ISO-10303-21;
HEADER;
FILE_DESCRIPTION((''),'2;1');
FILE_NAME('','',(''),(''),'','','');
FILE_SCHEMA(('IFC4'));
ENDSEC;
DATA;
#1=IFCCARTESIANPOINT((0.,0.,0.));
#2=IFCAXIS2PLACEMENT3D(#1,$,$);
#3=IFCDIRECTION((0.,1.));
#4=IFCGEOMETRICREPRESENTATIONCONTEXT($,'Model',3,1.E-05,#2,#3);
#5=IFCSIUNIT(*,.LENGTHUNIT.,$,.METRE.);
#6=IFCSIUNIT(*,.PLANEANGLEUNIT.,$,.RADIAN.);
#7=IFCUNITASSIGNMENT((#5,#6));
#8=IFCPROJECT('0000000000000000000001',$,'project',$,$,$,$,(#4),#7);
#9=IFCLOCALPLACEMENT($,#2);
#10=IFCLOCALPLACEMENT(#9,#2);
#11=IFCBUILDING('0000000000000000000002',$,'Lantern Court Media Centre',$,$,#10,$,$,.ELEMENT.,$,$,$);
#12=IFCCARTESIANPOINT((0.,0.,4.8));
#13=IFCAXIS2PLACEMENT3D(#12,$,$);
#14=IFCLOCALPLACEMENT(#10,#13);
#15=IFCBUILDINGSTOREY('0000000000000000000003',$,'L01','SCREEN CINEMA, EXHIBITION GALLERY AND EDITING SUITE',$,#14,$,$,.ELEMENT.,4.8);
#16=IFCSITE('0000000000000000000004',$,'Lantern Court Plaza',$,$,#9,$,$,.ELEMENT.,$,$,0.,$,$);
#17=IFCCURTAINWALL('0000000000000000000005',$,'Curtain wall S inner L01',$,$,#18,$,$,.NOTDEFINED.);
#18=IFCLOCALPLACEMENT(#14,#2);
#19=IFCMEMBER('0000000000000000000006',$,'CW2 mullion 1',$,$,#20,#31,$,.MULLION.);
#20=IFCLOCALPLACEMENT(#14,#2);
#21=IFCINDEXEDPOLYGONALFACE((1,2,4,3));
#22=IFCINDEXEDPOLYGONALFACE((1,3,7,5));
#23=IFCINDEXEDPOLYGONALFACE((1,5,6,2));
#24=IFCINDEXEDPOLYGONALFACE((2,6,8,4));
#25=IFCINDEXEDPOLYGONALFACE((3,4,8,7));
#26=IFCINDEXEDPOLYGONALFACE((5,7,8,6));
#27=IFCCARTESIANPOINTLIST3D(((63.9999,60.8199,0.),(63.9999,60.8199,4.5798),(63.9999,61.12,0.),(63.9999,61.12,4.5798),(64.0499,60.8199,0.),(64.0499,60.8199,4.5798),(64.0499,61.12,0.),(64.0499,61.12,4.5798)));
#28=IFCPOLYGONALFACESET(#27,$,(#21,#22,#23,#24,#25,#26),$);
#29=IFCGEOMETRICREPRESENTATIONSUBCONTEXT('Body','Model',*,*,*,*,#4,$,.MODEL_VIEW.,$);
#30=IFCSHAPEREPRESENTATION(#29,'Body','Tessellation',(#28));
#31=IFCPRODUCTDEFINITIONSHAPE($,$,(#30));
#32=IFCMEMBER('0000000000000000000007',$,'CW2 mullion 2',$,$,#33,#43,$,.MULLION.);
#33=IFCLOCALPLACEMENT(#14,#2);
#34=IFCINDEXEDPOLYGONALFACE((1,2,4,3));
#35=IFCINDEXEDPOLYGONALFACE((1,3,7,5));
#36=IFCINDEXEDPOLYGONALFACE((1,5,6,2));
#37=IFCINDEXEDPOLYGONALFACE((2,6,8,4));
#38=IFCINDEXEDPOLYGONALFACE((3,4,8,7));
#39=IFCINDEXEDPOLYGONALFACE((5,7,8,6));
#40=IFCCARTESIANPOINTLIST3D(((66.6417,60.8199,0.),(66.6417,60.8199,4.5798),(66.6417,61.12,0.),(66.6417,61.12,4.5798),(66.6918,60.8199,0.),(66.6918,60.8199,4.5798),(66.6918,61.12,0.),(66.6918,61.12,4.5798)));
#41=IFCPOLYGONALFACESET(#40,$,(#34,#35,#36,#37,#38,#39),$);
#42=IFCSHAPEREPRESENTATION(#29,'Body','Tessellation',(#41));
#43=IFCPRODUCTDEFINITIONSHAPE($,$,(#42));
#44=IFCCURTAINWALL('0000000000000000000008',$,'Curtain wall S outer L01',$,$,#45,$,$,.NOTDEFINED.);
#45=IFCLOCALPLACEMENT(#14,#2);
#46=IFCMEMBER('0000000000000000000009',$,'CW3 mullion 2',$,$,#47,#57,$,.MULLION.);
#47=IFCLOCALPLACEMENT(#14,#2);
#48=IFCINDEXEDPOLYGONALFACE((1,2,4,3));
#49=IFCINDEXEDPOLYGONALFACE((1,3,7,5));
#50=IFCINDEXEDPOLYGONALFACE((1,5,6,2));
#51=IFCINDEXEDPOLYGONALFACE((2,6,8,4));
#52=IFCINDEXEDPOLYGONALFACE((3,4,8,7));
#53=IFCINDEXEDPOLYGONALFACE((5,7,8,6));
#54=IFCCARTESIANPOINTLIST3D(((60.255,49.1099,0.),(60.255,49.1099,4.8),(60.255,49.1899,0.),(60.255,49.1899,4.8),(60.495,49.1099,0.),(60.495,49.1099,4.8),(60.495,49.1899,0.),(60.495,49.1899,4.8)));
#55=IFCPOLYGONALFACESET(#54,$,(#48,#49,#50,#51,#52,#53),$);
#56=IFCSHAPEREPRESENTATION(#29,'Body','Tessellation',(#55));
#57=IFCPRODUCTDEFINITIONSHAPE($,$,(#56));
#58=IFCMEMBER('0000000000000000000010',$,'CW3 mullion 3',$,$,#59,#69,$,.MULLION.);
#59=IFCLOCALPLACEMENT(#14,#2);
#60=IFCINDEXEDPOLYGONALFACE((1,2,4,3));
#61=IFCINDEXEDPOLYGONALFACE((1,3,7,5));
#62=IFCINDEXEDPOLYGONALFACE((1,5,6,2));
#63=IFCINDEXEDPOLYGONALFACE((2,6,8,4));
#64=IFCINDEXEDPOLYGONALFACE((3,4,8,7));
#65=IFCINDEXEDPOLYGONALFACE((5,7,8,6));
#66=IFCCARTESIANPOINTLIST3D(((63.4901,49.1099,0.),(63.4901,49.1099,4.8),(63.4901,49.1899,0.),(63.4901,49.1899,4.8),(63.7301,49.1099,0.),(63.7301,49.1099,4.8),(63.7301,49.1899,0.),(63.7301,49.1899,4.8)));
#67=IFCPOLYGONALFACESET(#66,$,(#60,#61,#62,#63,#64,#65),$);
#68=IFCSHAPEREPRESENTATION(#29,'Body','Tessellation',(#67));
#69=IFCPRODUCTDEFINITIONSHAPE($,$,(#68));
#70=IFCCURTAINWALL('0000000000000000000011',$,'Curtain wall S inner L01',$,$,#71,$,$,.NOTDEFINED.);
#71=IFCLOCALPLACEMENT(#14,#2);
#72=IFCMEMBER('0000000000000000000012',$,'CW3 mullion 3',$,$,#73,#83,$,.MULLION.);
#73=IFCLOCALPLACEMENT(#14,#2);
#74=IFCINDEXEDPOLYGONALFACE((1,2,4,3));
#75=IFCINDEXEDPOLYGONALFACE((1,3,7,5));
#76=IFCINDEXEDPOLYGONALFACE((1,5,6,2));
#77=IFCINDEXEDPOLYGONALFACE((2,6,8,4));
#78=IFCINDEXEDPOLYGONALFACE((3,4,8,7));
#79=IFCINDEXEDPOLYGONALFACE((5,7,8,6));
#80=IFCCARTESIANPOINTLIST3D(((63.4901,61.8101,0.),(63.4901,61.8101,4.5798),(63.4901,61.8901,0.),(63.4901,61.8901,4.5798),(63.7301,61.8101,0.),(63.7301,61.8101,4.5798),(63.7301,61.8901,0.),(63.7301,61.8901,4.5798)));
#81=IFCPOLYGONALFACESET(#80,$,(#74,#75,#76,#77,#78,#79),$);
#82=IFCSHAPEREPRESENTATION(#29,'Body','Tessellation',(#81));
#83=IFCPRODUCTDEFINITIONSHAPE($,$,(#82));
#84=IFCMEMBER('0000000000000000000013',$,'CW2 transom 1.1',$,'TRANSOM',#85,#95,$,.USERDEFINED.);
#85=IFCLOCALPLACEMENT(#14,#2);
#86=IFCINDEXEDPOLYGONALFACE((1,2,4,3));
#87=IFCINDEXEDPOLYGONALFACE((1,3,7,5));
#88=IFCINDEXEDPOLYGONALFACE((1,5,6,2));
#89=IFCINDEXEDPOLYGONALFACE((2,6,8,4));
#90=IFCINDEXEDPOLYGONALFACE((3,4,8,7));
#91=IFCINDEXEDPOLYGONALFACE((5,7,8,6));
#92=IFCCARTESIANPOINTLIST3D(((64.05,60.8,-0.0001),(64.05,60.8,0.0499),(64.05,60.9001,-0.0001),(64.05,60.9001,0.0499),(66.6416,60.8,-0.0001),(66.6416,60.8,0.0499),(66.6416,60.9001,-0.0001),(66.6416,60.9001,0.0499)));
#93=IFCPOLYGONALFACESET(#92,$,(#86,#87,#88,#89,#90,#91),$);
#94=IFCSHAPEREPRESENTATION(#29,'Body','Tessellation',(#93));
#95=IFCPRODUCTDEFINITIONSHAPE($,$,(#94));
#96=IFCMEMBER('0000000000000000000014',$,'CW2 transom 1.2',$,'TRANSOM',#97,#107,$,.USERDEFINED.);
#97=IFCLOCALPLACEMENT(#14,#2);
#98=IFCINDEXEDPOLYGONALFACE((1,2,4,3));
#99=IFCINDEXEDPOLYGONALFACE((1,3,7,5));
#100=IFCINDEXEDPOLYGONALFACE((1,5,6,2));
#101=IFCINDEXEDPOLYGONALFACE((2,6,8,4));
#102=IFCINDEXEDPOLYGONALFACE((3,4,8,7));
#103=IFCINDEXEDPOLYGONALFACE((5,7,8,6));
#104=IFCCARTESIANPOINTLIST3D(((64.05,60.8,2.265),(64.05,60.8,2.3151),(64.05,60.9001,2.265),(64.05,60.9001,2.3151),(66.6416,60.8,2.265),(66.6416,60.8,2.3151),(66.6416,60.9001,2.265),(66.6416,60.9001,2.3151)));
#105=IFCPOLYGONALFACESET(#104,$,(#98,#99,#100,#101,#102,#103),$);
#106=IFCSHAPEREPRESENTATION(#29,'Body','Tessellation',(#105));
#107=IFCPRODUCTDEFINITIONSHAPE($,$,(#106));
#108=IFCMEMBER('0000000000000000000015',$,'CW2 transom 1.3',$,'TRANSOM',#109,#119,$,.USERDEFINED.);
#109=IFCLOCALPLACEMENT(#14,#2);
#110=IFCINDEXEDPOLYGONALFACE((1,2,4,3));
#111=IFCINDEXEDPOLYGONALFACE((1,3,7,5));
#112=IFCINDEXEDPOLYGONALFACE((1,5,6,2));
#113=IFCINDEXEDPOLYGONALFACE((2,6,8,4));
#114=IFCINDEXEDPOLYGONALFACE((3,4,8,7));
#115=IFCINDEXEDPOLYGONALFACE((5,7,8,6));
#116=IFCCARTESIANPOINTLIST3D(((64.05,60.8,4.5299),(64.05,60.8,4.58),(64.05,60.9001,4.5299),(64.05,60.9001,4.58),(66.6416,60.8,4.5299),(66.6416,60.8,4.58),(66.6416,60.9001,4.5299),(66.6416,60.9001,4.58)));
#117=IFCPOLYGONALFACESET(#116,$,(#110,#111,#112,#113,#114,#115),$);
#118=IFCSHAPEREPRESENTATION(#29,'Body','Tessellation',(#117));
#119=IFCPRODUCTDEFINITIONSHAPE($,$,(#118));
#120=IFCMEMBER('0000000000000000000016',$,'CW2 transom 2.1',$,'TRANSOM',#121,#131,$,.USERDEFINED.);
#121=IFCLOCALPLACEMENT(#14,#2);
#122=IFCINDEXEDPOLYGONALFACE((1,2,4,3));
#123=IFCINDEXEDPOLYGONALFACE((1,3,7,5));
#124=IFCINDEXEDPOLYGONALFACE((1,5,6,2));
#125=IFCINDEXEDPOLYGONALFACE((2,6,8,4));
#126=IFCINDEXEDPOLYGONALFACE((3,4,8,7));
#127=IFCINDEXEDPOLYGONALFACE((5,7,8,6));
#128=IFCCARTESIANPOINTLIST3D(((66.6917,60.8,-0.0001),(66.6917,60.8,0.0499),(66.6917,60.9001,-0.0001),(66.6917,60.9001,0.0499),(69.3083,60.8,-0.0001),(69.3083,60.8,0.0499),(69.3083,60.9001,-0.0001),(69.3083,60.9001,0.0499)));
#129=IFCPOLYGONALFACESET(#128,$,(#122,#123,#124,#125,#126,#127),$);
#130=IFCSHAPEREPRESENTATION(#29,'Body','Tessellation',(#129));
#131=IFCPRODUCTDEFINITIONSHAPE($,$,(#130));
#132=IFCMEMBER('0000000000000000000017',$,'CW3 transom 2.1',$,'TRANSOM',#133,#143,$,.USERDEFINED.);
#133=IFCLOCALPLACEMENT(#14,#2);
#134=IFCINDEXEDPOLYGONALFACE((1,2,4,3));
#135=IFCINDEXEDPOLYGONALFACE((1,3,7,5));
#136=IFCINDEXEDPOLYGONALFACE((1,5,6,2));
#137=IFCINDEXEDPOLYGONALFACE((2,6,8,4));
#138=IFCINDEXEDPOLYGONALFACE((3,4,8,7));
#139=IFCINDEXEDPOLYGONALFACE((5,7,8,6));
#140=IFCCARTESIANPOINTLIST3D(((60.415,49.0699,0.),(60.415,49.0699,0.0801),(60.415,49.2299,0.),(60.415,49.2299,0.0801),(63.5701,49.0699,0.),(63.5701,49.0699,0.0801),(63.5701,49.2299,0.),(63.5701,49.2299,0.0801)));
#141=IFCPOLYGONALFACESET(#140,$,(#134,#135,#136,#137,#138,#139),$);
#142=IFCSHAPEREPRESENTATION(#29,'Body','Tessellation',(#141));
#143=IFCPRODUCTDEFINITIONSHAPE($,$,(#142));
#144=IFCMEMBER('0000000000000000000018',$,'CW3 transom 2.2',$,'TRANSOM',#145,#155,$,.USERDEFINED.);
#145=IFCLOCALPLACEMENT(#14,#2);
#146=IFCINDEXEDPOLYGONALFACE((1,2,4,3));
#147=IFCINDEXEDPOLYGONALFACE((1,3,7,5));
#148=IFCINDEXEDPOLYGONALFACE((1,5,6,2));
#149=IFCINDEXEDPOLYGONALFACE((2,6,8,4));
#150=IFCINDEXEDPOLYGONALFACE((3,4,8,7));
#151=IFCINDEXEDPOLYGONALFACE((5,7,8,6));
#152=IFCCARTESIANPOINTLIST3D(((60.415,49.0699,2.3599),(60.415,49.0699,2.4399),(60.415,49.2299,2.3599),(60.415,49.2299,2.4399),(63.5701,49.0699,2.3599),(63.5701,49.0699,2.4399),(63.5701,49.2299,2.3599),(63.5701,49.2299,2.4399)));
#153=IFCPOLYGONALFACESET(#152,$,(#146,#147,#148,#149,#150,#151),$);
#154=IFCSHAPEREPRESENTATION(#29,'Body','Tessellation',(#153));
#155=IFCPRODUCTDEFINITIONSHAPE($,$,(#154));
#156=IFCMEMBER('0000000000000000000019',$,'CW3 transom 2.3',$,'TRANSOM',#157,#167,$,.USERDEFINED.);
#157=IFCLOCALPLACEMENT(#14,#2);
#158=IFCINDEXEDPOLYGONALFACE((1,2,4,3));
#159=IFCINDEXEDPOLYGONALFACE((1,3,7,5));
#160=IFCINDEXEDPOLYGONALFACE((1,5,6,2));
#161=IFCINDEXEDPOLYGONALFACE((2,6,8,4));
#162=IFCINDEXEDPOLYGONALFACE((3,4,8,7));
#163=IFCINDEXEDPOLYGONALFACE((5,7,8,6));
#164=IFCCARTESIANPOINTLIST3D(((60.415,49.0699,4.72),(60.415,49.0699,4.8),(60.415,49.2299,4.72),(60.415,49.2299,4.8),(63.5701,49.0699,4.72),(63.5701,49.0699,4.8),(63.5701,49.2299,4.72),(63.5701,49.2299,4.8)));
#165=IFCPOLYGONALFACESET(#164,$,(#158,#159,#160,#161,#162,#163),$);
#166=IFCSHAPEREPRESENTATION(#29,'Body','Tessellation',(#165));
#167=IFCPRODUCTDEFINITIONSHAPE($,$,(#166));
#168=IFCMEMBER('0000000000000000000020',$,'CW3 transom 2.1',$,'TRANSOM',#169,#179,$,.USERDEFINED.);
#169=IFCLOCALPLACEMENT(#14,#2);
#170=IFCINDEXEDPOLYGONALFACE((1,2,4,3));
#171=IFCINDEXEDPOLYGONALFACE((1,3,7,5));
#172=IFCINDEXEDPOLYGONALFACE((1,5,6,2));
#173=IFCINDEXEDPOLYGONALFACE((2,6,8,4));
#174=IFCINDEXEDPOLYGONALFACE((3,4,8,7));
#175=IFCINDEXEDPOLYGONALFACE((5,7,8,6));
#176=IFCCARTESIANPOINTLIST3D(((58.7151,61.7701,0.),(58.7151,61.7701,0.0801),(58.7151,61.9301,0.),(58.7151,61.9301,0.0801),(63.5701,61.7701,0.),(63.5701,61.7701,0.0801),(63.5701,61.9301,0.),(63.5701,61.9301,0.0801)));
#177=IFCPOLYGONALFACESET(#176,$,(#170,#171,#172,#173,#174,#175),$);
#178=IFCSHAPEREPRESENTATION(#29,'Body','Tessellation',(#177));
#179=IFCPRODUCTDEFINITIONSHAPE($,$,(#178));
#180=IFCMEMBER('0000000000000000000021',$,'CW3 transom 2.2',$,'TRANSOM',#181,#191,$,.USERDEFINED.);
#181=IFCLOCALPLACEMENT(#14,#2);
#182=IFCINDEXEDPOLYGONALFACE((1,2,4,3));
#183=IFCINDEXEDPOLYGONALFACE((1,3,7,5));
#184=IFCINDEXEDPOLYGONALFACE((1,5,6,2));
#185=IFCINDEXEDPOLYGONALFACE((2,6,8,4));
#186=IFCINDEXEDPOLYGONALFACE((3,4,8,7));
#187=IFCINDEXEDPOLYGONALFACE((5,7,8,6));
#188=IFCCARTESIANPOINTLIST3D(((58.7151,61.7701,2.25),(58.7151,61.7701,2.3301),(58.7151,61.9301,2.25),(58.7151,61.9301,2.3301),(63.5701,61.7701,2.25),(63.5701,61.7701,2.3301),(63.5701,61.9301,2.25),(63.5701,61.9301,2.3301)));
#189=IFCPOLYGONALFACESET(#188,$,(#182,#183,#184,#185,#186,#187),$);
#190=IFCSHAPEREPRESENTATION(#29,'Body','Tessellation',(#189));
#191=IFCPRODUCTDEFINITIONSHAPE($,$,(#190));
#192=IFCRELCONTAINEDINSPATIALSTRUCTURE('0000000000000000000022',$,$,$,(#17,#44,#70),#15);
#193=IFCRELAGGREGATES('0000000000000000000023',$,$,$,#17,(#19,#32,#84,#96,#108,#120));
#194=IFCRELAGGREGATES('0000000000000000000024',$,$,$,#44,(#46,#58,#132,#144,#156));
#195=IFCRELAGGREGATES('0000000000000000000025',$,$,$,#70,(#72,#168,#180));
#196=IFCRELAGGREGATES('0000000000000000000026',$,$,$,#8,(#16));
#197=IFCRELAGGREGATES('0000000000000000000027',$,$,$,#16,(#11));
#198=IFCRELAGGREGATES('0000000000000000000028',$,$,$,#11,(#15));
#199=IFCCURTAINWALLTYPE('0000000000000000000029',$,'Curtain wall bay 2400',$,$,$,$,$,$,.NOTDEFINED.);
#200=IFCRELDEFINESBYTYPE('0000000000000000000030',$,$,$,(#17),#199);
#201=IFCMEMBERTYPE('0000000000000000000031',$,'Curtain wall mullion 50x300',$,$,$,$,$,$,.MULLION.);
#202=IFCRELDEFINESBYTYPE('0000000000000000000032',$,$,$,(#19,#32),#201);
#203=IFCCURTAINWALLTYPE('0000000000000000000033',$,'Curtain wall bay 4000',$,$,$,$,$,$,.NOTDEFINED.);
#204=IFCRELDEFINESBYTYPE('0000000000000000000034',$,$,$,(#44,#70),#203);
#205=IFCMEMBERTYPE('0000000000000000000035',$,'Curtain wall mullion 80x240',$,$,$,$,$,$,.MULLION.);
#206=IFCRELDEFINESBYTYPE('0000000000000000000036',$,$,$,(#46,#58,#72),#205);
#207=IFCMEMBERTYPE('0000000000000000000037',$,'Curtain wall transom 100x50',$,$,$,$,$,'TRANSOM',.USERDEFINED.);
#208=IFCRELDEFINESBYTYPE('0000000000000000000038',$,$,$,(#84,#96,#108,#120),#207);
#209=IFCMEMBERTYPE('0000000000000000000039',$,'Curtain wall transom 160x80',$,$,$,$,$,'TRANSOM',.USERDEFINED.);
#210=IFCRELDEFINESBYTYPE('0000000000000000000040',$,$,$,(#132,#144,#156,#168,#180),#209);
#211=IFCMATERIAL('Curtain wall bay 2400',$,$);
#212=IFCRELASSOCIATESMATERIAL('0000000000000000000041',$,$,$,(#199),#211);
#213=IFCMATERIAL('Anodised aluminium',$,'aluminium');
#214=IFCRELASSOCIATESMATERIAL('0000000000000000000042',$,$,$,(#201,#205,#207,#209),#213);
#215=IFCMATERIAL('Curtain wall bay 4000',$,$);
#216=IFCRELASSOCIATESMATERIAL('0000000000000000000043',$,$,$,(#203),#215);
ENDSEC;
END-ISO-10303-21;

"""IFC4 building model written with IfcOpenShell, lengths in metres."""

from ifc_helpers import new_model, si_unit, direction, frame, origin, origin_2d, place, context, subcontext, project, spatial, rectangle, extrude, material, material_profile, profile_set, type_object, element, aggregate, save


model = new_model("IFC4")

# Units and contexts
model_context = context("Model", 3, precision=1e-05, world=origin(), true_north=direction((0.0, 1.0)))
body_context = subcontext(model_context, "Body", "Model", "MODEL_VIEW")
ifc_project = project(units=[si_unit("LENGTHUNIT", "METRE"), si_unit("PLANEANGLEUNIT", "RADIAN")], contexts=[model_context])

# Site, building, storey
site_placement = place(None, origin())
site = spatial("IfcSite", under=ifc_project, at=site_placement, Name="Lantern Court Plaza", CompositionType="ELEMENT", RefElevation=0.0)
building_placement = place(site_placement, origin())
building = spatial("IfcBuilding", under=site, at=building_placement, Name="Lantern Court Media Centre", CompositionType="ELEMENT")
storey_placement = place(building_placement, frame((0.0, 0.0, 4.8)))
storey = spatial("IfcBuildingStorey", under=building, at=storey_placement, Name="L01", Description="SCREEN CINEMA, EXHIBITION GALLERY AND EDITING SUITE", CompositionType="ELEMENT", Elevation=4.8)

# Curtain walls, members
ifc_material_1 = material(Name="Curtain wall bay 2400")
curtain_wall_type_1 = type_object("IfcCurtainWallType", Name="Curtain wall bay 2400", PredefinedType="NOTDEFINED", material=ifc_material_1)
curtain_wall_1_placement = place(storey_placement, origin())
curtain_wall_1 = element("IfcCurtainWall", 1, at=curtain_wall_1_placement, inside=storey, type_object=curtain_wall_type_1, Name="Curtain wall S inner L01", PredefinedType="NOTDEFINED")
ifc_material_2 = material(Name="Anodised aluminium", Category="aluminium")
ifc_material_profile_1 = material_profile(ifc_material_2, rectangle(XDim=0.3, YDim=0.05, at=origin_2d()), Name="AL 50x300")
ifc_profile_set_1 = profile_set([ifc_material_profile_1], Name="Anodised aluminium")
member_type_1 = type_object("IfcMemberType", Name="Curtain wall mullion 50x300", PredefinedType="MULLION", material=ifc_profile_set_1)
member_1_placement = place(storey_placement, frame((64.0249, 60.97, 0.0), z_axis=(0.0, 0.0, 1.0), x_axis=(0.0, 1.0, 0.0)))
member_1 = element("IfcMember", 2, at=member_1_placement, type_object=member_type_1, Name="CW2 mullion 1", PredefinedType="MULLION", context=body_context, shape_type="SweptSolid", body=[
    extrude(rectangle(XDim=0.3, YDim=0.05, at=origin_2d()), origin(), (0.0, 0.0, 1.0), 4.5798),
])
member_2_placement = place(storey_placement, frame((66.6667, 60.97, 0.0), z_axis=(0.0, 0.0, 1.0), x_axis=(0.0, 1.0, 0.0)))
member_2 = element("IfcMember", 3, at=member_2_placement, type_object=member_type_1, Name="CW2 mullion 2", PredefinedType="MULLION", context=body_context, shape_type="SweptSolid", body=[
    extrude(rectangle(XDim=0.3, YDim=0.05, at=origin_2d()), origin(), (0.0, 0.0, 1.0), 4.5798),
])
ifc_material_3 = material(Name="Curtain wall bay 4000")
curtain_wall_type_2 = type_object("IfcCurtainWallType", Name="Curtain wall bay 4000", PredefinedType="NOTDEFINED", material=ifc_material_3)
curtain_wall_2_placement = place(storey_placement, origin())
curtain_wall_2 = element("IfcCurtainWall", 4, at=curtain_wall_2_placement, inside=storey, type_object=curtain_wall_type_2, Name="Curtain wall S outer L01", PredefinedType="NOTDEFINED")
ifc_material_profile_2 = material_profile(ifc_material_2, rectangle(XDim=0.0801, YDim=0.24, at=origin_2d()), Name="AL 80x240")
ifc_profile_set_2 = profile_set([ifc_material_profile_2], Name="Anodised aluminium")
member_type_2 = type_object("IfcMemberType", Name="Curtain wall mullion 80x240", PredefinedType="MULLION", material=ifc_profile_set_2)
member_3_placement = place(storey_placement, frame((60.375, 49.1499, 0.0), z_axis=(0.0, 0.0, 1.0), x_axis=(0.0, 1.0, 0.0)))
member_3 = element("IfcMember", 5, at=member_3_placement, type_object=member_type_2, Name="CW3 mullion 2", PredefinedType="MULLION", context=body_context, shape_type="SweptSolid", body=[
    extrude(rectangle(XDim=0.0801, YDim=0.24, at=origin_2d()), origin(), (0.0, 0.0, 1.0), 4.8),
])
member_4_placement = place(storey_placement, frame((63.6101, 49.1499, 0.0), z_axis=(0.0, 0.0, 1.0), x_axis=(0.0, 1.0, 0.0)))
member_4 = element("IfcMember", 6, at=member_4_placement, type_object=member_type_2, Name="CW3 mullion 3", PredefinedType="MULLION", context=body_context, shape_type="SweptSolid", body=[
    extrude(rectangle(XDim=0.0801, YDim=0.24, at=origin_2d()), origin(), (0.0, 0.0, 1.0), 4.8),
])

# Curtain wall, member
curtain_wall_3_placement = place(storey_placement, origin())
curtain_wall_3 = element("IfcCurtainWall", 7, at=curtain_wall_3_placement, inside=storey, type_object=curtain_wall_type_2, Name="Curtain wall S inner L01", PredefinedType="NOTDEFINED")
member_5_placement = place(storey_placement, frame((63.6101, 61.8501, 0.0), z_axis=(0.0, 0.0, 1.0), x_axis=(0.0, 1.0, 0.0)))
member_5 = element("IfcMember", 8, at=member_5_placement, type_object=member_type_2, Name="CW3 mullion 3", PredefinedType="MULLION", context=body_context, shape_type="SweptSolid", body=[
    extrude(rectangle(XDim=0.0801, YDim=0.24, at=origin_2d()), origin(), (0.0, 0.0, 1.0), 4.5798),
])

# Members
ifc_material_profile_3 = material_profile(ifc_material_2, rectangle(XDim=0.1001, YDim=0.05, at=origin_2d()), Name="AL 50x100")
ifc_profile_set_3 = profile_set([ifc_material_profile_3], Name="Anodised aluminium")
member_type_3 = type_object("IfcMemberType", Name="Curtain wall transom 100x50", ElementType="TRANSOM", PredefinedType="USERDEFINED", material=ifc_profile_set_3)
member_6_placement = place(storey_placement, frame((64.05, 60.8501, 0.0249), z_axis=(1.0, 0.0, 0.0), x_axis=(0.0, 1.0, 0.0)))
member_6 = element("IfcMember", 9, at=member_6_placement, type_object=member_type_3, Name="CW2 transom 1.1", ObjectType="TRANSOM", PredefinedType="USERDEFINED", context=body_context, shape_type="SweptSolid", body=[
    extrude(rectangle(XDim=0.1001, YDim=0.05, at=origin_2d()), origin(), (0.0, 0.0, 1.0), 2.5916),
])
member_7_placement = place(storey_placement, frame((64.05, 60.8501, 2.29), z_axis=(1.0, 0.0, 0.0), x_axis=(0.0, 1.0, 0.0)))
member_7 = element("IfcMember", 10, at=member_7_placement, type_object=member_type_3, Name="CW2 transom 1.2", ObjectType="TRANSOM", PredefinedType="USERDEFINED", context=body_context, shape_type="SweptSolid", body=[
    extrude(rectangle(XDim=0.1001, YDim=0.05, at=origin_2d()), origin(), (0.0, 0.0, 1.0), 2.5916),
])
member_8_placement = place(storey_placement, frame((64.05, 60.8501, 4.5549), z_axis=(1.0, 0.0, 0.0), x_axis=(0.0, 1.0, 0.0)))
member_8 = element("IfcMember", 11, at=member_8_placement, type_object=member_type_3, Name="CW2 transom 1.3", ObjectType="TRANSOM", PredefinedType="USERDEFINED", context=body_context, shape_type="SweptSolid", body=[
    extrude(rectangle(XDim=0.1001, YDim=0.05, at=origin_2d()), origin(), (0.0, 0.0, 1.0), 2.5916),
])
member_9_placement = place(storey_placement, frame((66.6917, 60.8501, 0.0249), z_axis=(1.0, 0.0, 0.0), x_axis=(0.0, 1.0, 0.0)))
member_9 = element("IfcMember", 12, at=member_9_placement, type_object=member_type_3, Name="CW2 transom 2.1", ObjectType="TRANSOM", PredefinedType="USERDEFINED", context=body_context, shape_type="SweptSolid", body=[
    extrude(rectangle(XDim=0.1001, YDim=0.05, at=origin_2d()), origin(), (0.0, 0.0, 1.0), 2.6167),
])
ifc_material_profile_4 = material_profile(ifc_material_2, rectangle(XDim=0.1599, YDim=0.0801, at=origin_2d()), Name="AL 80x160")
ifc_profile_set_4 = profile_set([ifc_material_profile_4], Name="Anodised aluminium")
member_type_4 = type_object("IfcMemberType", Name="Curtain wall transom 160x80", ElementType="TRANSOM", PredefinedType="USERDEFINED", material=ifc_profile_set_4)
member_10_placement = place(storey_placement, frame((60.415, 49.1499, 0.04), z_axis=(1.0, 0.0, 0.0), x_axis=(0.0, 1.0, 0.0)))
member_10 = element("IfcMember", 13, at=member_10_placement, type_object=member_type_4, Name="CW3 transom 2.1", ObjectType="TRANSOM", PredefinedType="USERDEFINED", context=body_context, shape_type="SweptSolid", body=[
    extrude(rectangle(XDim=0.1599, YDim=0.0801, at=origin_2d()), origin(), (0.0, 0.0, 1.0), 3.155),
])
member_11_placement = place(storey_placement, frame((60.415, 49.1499, 2.3999), z_axis=(1.0, 0.0, 0.0), x_axis=(0.0, 1.0, 0.0)))
member_11 = element("IfcMember", 14, at=member_11_placement, type_object=member_type_4, Name="CW3 transom 2.2", ObjectType="TRANSOM", PredefinedType="USERDEFINED", context=body_context, shape_type="SweptSolid", body=[
    extrude(rectangle(XDim=0.1599, YDim=0.0801, at=origin_2d()), origin(), (0.0, 0.0, 1.0), 3.155),
])
member_12_placement = place(storey_placement, frame((60.415, 49.1499, 4.76), z_axis=(1.0, 0.0, 0.0), x_axis=(0.0, 1.0, 0.0)))
member_12 = element("IfcMember", 15, at=member_12_placement, type_object=member_type_4, Name="CW3 transom 2.3", ObjectType="TRANSOM", PredefinedType="USERDEFINED", context=body_context, shape_type="SweptSolid", body=[
    extrude(rectangle(XDim=0.1599, YDim=0.0801, at=origin_2d()), origin(), (0.0, 0.0, 1.0), 3.155),
])
member_13_placement = place(storey_placement, frame((58.7151, 61.8501, 0.04), z_axis=(1.0, 0.0, 0.0), x_axis=(0.0, 1.0, 0.0)))
member_13 = element("IfcMember", 16, at=member_13_placement, type_object=member_type_4, Name="CW3 transom 2.1", ObjectType="TRANSOM", PredefinedType="USERDEFINED", context=body_context, shape_type="SweptSolid", body=[
    extrude(rectangle(XDim=0.1599, YDim=0.0801, at=origin_2d()), origin(), (0.0, 0.0, 1.0), 4.855),
])
member_14_placement = place(storey_placement, frame((58.7151, 61.8501, 2.29), z_axis=(1.0, 0.0, 0.0), x_axis=(0.0, 1.0, 0.0)))
member_14 = element("IfcMember", 17, at=member_14_placement, type_object=member_type_4, Name="CW3 transom 2.2", ObjectType="TRANSOM", PredefinedType="USERDEFINED", context=body_context, shape_type="SweptSolid", body=[
    extrude(rectangle(XDim=0.1599, YDim=0.0801, at=origin_2d()), origin(), (0.0, 0.0, 1.0), 4.855),
])

aggregate(curtain_wall_1, [member_1, member_2, member_6, member_7, member_8, member_9])
aggregate(curtain_wall_2, [member_3, member_4, member_10, member_11, member_12])
aggregate(curtain_wall_3, [member_5, member_13, member_14])

save(model, "model.ifc")
